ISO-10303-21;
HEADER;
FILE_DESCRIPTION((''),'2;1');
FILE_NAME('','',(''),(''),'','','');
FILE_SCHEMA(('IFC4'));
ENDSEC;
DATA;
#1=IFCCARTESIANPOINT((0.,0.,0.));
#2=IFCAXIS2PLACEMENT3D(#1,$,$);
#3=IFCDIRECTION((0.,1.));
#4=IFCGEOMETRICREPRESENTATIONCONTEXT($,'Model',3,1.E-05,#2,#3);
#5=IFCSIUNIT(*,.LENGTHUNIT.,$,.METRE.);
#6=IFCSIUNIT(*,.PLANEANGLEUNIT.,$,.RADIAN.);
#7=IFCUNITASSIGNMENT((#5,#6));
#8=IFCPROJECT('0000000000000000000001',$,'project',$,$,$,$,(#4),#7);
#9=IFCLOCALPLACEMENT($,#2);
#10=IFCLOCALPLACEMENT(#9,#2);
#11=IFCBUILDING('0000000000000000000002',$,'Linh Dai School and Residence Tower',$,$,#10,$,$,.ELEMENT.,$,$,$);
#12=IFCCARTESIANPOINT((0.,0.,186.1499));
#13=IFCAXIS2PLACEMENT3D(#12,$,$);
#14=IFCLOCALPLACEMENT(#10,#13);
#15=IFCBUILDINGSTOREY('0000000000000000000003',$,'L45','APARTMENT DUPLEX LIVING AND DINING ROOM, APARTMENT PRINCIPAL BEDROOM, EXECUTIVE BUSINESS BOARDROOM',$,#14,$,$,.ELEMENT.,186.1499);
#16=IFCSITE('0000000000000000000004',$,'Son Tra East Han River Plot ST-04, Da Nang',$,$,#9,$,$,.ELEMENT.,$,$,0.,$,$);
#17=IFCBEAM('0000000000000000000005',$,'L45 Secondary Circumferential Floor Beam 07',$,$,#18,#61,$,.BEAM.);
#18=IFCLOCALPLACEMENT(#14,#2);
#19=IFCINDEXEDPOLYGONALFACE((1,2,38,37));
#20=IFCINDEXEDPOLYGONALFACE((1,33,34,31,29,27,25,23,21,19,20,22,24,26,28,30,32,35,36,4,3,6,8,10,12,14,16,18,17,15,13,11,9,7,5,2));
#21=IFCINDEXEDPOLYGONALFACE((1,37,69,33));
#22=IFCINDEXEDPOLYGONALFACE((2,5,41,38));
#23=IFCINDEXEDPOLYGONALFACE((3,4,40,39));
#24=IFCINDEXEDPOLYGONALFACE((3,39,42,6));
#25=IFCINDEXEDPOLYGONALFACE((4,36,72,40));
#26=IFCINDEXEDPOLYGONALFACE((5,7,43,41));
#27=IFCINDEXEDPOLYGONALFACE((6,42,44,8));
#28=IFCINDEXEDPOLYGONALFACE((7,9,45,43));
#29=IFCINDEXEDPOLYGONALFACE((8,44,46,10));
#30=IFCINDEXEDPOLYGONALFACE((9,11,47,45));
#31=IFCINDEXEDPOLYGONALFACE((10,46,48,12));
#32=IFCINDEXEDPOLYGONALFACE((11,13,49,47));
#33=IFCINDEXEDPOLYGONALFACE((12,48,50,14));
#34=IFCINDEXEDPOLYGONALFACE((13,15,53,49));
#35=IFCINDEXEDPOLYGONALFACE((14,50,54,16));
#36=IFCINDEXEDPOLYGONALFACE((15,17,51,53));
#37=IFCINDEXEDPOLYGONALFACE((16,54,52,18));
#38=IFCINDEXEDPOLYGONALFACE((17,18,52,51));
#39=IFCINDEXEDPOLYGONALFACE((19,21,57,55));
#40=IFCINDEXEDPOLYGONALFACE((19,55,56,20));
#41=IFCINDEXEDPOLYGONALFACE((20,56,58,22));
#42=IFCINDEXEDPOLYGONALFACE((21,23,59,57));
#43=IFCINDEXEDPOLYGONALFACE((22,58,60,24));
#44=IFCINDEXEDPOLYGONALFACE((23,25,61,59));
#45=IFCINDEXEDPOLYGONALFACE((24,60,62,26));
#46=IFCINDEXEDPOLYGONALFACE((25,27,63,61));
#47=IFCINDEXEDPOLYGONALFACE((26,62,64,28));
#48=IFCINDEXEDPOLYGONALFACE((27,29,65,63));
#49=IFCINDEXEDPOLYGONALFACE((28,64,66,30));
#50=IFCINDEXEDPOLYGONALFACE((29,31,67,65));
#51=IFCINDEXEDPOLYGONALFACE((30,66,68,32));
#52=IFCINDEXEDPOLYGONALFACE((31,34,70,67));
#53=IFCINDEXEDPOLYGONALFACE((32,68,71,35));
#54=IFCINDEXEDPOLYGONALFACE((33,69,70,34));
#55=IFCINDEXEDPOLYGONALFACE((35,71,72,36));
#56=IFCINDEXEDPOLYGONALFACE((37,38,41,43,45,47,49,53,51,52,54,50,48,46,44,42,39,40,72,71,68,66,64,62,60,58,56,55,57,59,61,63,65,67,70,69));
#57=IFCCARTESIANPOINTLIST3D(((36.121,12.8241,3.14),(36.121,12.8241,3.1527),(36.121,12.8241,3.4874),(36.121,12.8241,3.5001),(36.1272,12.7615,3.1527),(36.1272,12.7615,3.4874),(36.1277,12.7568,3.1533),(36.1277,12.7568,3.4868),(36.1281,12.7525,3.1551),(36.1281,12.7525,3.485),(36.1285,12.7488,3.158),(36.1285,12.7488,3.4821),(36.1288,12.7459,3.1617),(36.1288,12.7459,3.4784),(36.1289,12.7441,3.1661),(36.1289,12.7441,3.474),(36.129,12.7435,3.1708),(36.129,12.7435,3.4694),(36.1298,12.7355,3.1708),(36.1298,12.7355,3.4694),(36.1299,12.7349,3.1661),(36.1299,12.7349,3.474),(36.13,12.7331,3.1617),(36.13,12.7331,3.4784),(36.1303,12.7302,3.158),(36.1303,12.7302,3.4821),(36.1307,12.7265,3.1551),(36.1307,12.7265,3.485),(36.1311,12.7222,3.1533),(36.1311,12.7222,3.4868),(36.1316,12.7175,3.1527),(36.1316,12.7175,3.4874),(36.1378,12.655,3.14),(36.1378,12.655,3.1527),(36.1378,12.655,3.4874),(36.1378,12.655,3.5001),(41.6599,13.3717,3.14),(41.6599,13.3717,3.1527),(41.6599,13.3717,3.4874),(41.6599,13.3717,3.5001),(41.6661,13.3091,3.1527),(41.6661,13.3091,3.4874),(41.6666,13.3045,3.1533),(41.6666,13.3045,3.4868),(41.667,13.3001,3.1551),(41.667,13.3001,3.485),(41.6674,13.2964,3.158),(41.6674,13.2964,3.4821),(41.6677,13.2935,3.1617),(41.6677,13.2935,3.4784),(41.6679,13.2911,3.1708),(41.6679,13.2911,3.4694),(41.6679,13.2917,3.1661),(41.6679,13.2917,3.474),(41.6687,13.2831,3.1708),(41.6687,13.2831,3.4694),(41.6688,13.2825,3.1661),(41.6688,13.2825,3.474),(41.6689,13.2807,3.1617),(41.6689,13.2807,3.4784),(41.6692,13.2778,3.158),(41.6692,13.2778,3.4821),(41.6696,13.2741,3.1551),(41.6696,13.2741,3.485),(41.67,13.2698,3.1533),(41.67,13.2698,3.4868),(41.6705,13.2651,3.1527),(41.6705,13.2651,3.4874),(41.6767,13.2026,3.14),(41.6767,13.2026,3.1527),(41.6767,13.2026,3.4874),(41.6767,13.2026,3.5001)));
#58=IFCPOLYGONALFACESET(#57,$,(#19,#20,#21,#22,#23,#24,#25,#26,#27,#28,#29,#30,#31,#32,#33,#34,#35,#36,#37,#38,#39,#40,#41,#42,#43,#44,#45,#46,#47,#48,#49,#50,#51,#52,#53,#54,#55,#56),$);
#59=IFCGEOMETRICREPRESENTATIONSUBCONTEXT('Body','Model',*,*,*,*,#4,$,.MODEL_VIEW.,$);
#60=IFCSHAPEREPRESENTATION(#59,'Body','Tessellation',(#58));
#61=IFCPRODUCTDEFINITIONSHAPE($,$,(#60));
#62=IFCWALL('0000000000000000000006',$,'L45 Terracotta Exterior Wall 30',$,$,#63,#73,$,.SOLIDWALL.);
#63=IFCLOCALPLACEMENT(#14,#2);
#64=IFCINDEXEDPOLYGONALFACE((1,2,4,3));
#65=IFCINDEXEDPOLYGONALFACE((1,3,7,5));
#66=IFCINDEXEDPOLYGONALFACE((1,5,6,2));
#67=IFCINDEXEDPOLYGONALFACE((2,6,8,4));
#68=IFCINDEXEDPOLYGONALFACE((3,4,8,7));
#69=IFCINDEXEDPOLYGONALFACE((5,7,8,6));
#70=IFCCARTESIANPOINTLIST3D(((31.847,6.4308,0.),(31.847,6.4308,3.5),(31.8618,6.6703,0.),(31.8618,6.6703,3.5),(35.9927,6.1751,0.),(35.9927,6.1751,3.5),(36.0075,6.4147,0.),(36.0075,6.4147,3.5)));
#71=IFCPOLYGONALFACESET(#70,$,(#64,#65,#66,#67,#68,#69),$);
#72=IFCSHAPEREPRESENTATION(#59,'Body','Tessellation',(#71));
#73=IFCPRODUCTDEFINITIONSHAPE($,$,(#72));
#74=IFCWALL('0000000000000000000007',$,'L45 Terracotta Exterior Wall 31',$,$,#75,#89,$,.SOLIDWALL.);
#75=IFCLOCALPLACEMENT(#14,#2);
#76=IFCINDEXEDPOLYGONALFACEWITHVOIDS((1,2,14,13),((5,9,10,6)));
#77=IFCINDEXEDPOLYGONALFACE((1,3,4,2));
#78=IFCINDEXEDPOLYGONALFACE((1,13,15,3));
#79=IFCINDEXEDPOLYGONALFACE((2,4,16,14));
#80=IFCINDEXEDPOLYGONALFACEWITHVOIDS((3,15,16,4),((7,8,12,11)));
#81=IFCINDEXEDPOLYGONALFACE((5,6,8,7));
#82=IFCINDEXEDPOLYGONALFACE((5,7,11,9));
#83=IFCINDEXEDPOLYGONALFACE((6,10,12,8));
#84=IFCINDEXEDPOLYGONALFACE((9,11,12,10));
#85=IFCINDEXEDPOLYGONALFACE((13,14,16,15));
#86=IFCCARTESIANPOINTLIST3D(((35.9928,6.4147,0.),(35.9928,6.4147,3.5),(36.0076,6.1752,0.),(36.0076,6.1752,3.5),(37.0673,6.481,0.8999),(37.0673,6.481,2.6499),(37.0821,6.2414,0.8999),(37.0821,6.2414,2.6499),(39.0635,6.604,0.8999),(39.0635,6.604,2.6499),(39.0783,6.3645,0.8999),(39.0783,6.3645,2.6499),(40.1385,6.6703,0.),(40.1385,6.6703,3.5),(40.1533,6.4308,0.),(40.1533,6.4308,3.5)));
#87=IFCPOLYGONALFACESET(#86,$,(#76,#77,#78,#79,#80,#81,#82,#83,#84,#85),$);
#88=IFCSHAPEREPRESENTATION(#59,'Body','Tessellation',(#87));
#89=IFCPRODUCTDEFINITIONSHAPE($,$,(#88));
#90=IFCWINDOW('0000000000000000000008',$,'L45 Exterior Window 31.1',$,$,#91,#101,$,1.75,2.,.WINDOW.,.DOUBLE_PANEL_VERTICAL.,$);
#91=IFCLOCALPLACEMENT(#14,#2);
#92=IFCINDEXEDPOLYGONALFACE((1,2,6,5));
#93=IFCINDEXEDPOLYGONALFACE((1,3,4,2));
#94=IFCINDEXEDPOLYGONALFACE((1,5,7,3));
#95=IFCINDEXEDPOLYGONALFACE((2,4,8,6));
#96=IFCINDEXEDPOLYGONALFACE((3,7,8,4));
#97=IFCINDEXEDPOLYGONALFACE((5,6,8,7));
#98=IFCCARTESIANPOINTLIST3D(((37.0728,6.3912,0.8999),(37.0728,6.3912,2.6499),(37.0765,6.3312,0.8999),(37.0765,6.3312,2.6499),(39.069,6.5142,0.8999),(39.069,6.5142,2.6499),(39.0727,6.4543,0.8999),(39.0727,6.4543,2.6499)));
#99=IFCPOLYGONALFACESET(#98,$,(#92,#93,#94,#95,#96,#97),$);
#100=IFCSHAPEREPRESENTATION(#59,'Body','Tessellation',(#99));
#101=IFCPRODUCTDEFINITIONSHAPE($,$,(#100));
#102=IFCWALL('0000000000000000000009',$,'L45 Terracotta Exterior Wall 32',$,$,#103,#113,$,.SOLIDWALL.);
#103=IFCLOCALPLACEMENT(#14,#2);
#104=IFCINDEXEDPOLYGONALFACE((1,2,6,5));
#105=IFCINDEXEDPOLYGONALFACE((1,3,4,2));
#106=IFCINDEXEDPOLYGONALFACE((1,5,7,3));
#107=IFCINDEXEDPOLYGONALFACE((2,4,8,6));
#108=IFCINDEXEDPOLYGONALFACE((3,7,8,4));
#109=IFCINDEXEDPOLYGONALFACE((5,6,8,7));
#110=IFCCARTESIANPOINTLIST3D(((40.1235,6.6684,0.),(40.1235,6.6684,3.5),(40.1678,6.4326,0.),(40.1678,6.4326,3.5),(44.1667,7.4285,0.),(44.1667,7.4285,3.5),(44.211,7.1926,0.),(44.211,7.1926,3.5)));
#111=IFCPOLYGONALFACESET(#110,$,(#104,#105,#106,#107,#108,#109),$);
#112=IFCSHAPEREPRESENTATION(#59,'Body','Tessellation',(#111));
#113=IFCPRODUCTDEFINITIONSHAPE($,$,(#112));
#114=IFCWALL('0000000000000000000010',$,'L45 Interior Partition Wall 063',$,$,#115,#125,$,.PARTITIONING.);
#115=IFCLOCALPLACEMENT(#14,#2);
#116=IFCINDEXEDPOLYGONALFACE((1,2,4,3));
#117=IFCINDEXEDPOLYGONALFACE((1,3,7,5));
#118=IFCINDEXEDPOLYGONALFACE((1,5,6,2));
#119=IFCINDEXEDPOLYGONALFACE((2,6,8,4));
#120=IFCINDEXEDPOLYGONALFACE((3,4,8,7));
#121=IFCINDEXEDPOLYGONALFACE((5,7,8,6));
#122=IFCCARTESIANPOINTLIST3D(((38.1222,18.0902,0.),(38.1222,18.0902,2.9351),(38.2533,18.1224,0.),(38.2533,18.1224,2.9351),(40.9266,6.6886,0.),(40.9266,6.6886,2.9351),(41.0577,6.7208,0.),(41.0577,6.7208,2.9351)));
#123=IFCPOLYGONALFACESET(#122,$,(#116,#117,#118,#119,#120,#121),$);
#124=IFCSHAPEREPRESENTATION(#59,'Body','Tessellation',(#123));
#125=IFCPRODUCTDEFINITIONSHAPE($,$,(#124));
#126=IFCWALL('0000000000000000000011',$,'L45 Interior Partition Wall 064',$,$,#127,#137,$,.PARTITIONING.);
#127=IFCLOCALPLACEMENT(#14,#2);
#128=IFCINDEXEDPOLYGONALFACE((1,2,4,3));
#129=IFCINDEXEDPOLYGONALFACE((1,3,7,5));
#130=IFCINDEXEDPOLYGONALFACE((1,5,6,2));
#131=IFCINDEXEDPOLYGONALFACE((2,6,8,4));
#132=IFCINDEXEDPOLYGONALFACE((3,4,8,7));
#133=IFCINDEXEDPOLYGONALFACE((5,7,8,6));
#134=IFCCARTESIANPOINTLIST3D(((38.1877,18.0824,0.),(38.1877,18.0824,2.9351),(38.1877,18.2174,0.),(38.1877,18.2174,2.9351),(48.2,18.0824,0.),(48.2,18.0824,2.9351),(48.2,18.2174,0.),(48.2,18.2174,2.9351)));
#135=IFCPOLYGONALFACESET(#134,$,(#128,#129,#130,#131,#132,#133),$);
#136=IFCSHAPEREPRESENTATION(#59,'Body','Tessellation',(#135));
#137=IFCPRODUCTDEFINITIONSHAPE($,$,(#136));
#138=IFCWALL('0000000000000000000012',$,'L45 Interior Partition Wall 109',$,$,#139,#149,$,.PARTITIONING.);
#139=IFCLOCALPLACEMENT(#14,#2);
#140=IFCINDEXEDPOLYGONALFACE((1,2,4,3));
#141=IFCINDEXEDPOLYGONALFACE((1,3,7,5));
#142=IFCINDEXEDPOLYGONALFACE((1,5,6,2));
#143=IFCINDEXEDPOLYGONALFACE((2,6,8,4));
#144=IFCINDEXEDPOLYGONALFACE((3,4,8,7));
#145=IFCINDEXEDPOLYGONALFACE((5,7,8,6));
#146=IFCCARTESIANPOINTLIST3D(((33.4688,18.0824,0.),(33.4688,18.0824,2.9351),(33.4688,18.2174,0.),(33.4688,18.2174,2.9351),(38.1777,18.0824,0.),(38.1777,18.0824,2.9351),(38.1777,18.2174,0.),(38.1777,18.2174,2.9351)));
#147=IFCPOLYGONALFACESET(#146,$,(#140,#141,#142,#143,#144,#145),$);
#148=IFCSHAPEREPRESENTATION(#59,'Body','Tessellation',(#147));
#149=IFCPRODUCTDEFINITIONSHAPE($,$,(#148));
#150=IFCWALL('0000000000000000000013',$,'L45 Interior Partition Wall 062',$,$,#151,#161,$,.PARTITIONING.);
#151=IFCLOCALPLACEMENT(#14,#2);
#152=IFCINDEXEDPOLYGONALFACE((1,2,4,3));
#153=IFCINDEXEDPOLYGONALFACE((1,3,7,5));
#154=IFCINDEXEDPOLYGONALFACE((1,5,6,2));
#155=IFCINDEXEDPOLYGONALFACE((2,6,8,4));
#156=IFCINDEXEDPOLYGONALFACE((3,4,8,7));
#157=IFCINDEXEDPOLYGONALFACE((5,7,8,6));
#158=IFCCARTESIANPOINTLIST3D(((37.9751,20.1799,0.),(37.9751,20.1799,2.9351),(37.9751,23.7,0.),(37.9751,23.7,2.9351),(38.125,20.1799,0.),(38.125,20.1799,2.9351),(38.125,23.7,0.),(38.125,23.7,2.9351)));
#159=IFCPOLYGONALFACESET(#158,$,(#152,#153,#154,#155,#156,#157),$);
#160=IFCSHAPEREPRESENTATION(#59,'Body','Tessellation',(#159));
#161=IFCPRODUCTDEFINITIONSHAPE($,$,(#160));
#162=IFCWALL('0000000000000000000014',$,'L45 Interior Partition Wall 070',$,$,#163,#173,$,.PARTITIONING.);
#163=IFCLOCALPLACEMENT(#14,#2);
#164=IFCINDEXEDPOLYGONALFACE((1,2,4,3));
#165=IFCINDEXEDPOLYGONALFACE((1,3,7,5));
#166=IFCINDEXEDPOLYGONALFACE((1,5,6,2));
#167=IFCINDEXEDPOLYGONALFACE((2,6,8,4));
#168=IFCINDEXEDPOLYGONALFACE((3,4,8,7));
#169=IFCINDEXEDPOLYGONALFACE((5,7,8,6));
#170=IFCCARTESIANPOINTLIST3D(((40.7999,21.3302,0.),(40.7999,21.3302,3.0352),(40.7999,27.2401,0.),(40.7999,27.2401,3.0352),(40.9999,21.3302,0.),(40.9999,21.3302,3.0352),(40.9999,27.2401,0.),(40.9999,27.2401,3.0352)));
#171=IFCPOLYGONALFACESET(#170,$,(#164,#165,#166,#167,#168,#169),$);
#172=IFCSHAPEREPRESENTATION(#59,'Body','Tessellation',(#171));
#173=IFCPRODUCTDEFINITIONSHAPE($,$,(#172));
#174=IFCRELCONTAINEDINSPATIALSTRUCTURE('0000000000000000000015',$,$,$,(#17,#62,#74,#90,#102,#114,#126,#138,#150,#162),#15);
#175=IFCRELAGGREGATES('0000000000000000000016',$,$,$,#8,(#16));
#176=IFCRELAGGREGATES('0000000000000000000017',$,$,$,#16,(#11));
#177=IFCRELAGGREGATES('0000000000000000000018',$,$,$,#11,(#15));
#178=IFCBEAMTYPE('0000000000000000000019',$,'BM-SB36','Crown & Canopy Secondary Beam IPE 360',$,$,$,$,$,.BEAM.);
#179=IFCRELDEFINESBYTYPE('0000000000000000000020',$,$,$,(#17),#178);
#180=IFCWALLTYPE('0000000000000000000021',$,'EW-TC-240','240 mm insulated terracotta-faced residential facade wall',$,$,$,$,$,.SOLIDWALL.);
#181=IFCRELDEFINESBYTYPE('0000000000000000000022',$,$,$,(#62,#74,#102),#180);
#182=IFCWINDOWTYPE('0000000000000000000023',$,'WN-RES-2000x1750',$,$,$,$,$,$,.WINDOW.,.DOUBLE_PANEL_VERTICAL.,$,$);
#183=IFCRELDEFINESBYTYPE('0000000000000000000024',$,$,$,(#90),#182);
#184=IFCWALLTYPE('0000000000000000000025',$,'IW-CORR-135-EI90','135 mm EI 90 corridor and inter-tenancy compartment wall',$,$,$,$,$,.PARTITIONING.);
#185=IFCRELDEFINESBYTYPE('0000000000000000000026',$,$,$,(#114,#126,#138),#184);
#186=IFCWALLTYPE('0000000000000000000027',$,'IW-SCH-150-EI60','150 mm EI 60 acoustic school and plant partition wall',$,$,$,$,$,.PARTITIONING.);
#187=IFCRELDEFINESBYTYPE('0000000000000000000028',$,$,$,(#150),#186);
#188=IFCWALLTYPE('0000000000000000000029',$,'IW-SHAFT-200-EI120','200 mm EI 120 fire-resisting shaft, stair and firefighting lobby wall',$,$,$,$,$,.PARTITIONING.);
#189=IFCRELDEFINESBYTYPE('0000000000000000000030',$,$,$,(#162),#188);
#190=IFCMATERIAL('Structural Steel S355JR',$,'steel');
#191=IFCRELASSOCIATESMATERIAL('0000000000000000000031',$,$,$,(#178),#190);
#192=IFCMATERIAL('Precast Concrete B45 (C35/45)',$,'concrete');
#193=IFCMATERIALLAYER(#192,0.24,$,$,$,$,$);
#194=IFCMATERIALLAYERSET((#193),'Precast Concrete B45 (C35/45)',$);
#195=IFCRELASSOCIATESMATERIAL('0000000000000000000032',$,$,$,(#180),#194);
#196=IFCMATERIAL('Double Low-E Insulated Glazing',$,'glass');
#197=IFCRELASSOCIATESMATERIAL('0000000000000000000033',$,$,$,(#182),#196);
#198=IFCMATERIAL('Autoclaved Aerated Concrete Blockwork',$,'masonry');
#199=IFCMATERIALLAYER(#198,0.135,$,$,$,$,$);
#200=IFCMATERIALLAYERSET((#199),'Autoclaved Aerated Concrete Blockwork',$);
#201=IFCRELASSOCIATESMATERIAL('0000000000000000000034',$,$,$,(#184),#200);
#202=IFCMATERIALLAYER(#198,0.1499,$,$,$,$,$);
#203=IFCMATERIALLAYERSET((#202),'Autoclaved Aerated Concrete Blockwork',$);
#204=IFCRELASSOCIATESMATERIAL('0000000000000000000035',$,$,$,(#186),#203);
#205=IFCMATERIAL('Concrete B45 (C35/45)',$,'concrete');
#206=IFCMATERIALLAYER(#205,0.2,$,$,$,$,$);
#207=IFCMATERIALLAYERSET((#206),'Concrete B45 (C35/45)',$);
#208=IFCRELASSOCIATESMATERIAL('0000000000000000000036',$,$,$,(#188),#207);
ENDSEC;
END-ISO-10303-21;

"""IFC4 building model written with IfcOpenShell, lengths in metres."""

from ifc_helpers import new_model, si_unit, direction, frame, frame_2d, origin, origin_2d, place, context, subcontext, project, spatial, rectangle, i_section, extrude, source, transform, mapped, material, layer, layer_set, material_profile, profile_set, type_object, element, fill, save


model = new_model("IFC4")

# Units and contexts
model_context = context("Model", 3, precision=1e-05, world=origin(), true_north=direction((0.0, 1.0)))
body_context = subcontext(model_context, "Body", "Model", "MODEL_VIEW")
ifc_project = project(units=[si_unit("LENGTHUNIT", "METRE"), si_unit("PLANEANGLEUNIT", "RADIAN")], contexts=[model_context])

# Site, building, storey
site_placement = place(None, origin())
site = spatial("IfcSite", under=ifc_project, at=site_placement, Name="Son Tra East Han River Plot ST-04, Da Nang", CompositionType="ELEMENT", RefElevation=0.0)
building_placement = place(site_placement, origin())
building = spatial("IfcBuilding", under=site, at=building_placement, Name="Linh Dai School and Residence Tower", CompositionType="ELEMENT")
storey_placement = place(building_placement, frame((0.0, 0.0, 186.1499)))
storey = spatial("IfcBuildingStorey", under=building, at=storey_placement, Name="L45", Description="APARTMENT DUPLEX LIVING AND DINING ROOM, APARTMENT PRINCIPAL BEDROOM, EXECUTIVE BUSINESS BOARDROOM", CompositionType="ELEMENT", Elevation=186.1499)

# Shared definitions
ifc_material_1 = material(Name="Structural Steel S355JR", Category="steel")

# Beam
ifc_material_profile_1 = material_profile(ifc_material_1, i_section(OverallWidth=0.1699, OverallDepth=0.3601, WebThickness=0.0081, FlangeThickness=0.0127, FilletRadius=0.0181, at=origin_2d()), Name="IPE 360")
ifc_profile_set_1 = profile_set([ifc_material_profile_1], Name="Structural Steel S355JR")
beam_type_1 = type_object("IfcBeamType", Name="BM-SB36", Description="Crown & Canopy Secondary Beam IPE 360", PredefinedType="BEAM", material=ifc_profile_set_1)
beam_1_placement = place(storey_placement, frame((36.1294, 12.7395, 3.3201), z_axis=(0.995148, 0.098388, 0.0), x_axis=(-0.098388, 0.995148, 0.0)))
element("IfcBeam", 1, at=beam_1_placement, inside=storey, type_object=beam_type_1, Name="L45 Secondary Circumferential Floor Beam 07", PredefinedType="BEAM", context=body_context, shape_type="SweptSolid", body=[
    extrude(i_section(OverallWidth=0.1699, OverallDepth=0.3601, WebThickness=0.0081, FlangeThickness=0.0127, FilletRadius=0.0181, at=origin_2d()), origin(), (0.0, 0.0, 1.0), 5.5659),
])

# Wall
ifc_material_2 = material(Name="Precast Concrete B45 (C35/45)", Category="concrete")
ifc_layer_1 = layer(ifc_material_2, 0.24)
ifc_layer_set_1 = layer_set([ifc_layer_1], Name="Precast Concrete B45 (C35/45)")
wall_type_1 = type_object("IfcWallType", Name="EW-TC-240", Description="240 mm insulated terracotta-faced residential facade wall", PredefinedType="SOLIDWALL", material=ifc_layer_set_1)
wall_1_placement = place(storey_placement, frame((36.0, 6.2949, 0.0), z_axis=(0.0, 0.0, 1.0), x_axis=(-0.998105, 0.06154, 0.0)))
element("IfcWall", 2, at=wall_1_placement, inside=storey, type_object=wall_type_1, Name="L45 Terracotta Exterior Wall 30", PredefinedType="SOLIDWALL", context=body_context, shape_type="SweptSolid", body=[
    extrude(rectangle(XDim=4.1536, YDim=0.24, at=frame_2d((2.0767, 0.0))), origin(), (0.0, 0.0, 1.0), 3.5),
])

# Wall, opening, window
wall_2_placement = place(storey_placement, frame((40.1458, 6.5505, 0.0), z_axis=(0.0, 0.0, 1.0), x_axis=(-0.998105, -0.06154, 0.0)))
wall_2 = element("IfcWall", 3, at=wall_2_placement, inside=storey, type_object=wall_type_1, Name="L45 Terracotta Exterior Wall 31", PredefinedType="SOLIDWALL", context=body_context, shape_type="SweptSolid", body=[
    extrude(rectangle(XDim=4.1536, YDim=0.24, at=frame_2d((2.0767, 0.0))), origin(), (0.0, 0.0, 1.0), 3.5),
])
opening_1_placement = place(wall_2_placement, frame((1.0769, 0.0, 0.8999)))
opening_1 = element("IfcOpeningElement", 4, at=opening_1_placement, cuts=wall_2, PredefinedType="OPENING", context=body_context, shape_type="SweptSolid", body=[
    extrude(rectangle(XDim=2.0, YDim=1.75, at=origin_2d()), frame((1.0, 0.1299, 0.875), z_axis=(0.0, -1.0, 0.0), x_axis=(1.0, 0.0, 0.0)), (0.0, 0.0, 1.0), 0.26),
])
ifc_material_3 = material(Name="Double Low-E Insulated Glazing", Category="glass")
window_type = type_object("IfcWindowType", Name="WN-RES-2000x1750", PartitioningType="DOUBLE_PANEL_VERTICAL", PredefinedType="WINDOW", material=ifc_material_3)
shared_shape_1 = source(origin(), body_context, "Body", "SweptSolid", [
    extrude(rectangle(XDim=2.0, YDim=1.75, at=origin_2d()), frame((1.0, 0.03, 0.875), z_axis=(0.0, -1.0, 0.0), x_axis=(1.0, 0.0, 0.0)), (0.0, 0.0, 1.0), 0.0601),
])
window_placement = place(opening_1_placement, origin())
window = element("IfcWindow", 5, at=window_placement, inside=storey, type_object=window_type, Name="L45 Exterior Window 31.1", OverallHeight=1.75, OverallWidth=2.0, PartitioningType="DOUBLE_PANEL_VERTICAL", PredefinedType="WINDOW", context=body_context, shape_type="MappedRepresentation", body=[
    mapped(shared_shape_1, transform((0.0, 0.0, 0.0), x_axis=(1.0, 0.0, 0.0), y_axis=(0.0, 1.0, 0.0), z_axis=(0.0, 0.0, 1.0), scale=1.0)),
])
fill(opening_1, window)

# Walls
wall_3_placement = place(storey_placement, frame((44.189, 7.3105, 0.0), z_axis=(0.0, 0.0, 1.0), x_axis=(-0.982788, -0.184736, 0.0)))
element("IfcWall", 6, at=wall_3_placement, inside=storey, type_object=wall_type_1, Name="L45 Terracotta Exterior Wall 32", PredefinedType="SOLIDWALL", context=body_context, shape_type="SweptSolid", body=[
    extrude(rectangle(XDim=4.114, YDim=0.24, at=frame_2d((2.0571, 0.0))), origin(), (0.0, 0.0, 1.0), 3.5),
])
ifc_material_4 = material(Name="Autoclaved Aerated Concrete Blockwork", Category="masonry")
ifc_layer_2 = layer(ifc_material_4, 0.135)
ifc_layer_set_2 = layer_set([ifc_layer_2], Name="Autoclaved Aerated Concrete Blockwork")
wall_type_2 = type_object("IfcWallType", Name="IW-CORR-135-EI90", Description="135 mm EI 90 corridor and inter-tenancy compartment wall", PredefinedType="PARTITIONING", material=ifc_layer_set_2)
wall_4_placement = place(storey_placement, frame((38.1877, 18.1062, 0.0), z_axis=(0.0, 0.0, 1.0), x_axis=(0.23885, -0.971057, 0.0)))
element("IfcWall", 7, at=wall_4_placement, inside=storey, type_object=wall_type_2, Name="L45 Interior Partition Wall 063", PredefinedType="PARTITIONING", context=body_context, shape_type="SweptSolid", body=[
    extrude(rectangle(XDim=11.7415, YDim=0.135, at=frame_2d((5.8706, 0.0))), origin(), (0.0, 0.0, 1.0), 2.9351),
])
wall_5_placement = place(storey_placement, frame((38.1877, 18.1499, 0.0), z_axis=(0.0, 0.0, 1.0), x_axis=(1.0, 0.0, 0.0)))
element("IfcWall", 8, at=wall_5_placement, inside=storey, type_object=wall_type_2, Name="L45 Interior Partition Wall 064", PredefinedType="PARTITIONING", context=body_context, shape_type="SweptSolid", body=[
    extrude(rectangle(XDim=10.0122, YDim=0.135, at=frame_2d((5.0061, 0.0))), origin(), (0.0, 0.0, 1.0), 2.9351),
])
wall_6_placement = place(storey_placement, frame((38.1777, 18.1499, 0.0), z_axis=(0.0, 0.0, 1.0), x_axis=(-1.0, 0.0, 0.0)))
element("IfcWall", 9, at=wall_6_placement, inside=storey, type_object=wall_type_2, Name="L45 Interior Partition Wall 109", PredefinedType="PARTITIONING", context=body_context, shape_type="SweptSolid", body=[
    extrude(rectangle(XDim=4.709, YDim=0.135, at=frame_2d((2.3545, 0.0))), origin(), (0.0, 0.0, 1.0), 2.9351),
])
ifc_layer_3 = layer(ifc_material_4, 0.1499)
ifc_layer_set_3 = layer_set([ifc_layer_3], Name="Autoclaved Aerated Concrete Blockwork")
wall_type_3 = type_object("IfcWallType", Name="IW-SCH-150-EI60", Description="150 mm EI 60 acoustic school and plant partition wall", PredefinedType="PARTITIONING", material=ifc_layer_set_3)
wall_7_placement = place(storey_placement, frame((38.05, 20.1799, 0.0), z_axis=(0.0, 0.0, 1.0), x_axis=(0.0, 1.0, 0.0)))
element("IfcWall", 10, at=wall_7_placement, inside=storey, type_object=wall_type_3, Name="L45 Interior Partition Wall 062", PredefinedType="PARTITIONING", context=body_context, shape_type="SweptSolid", body=[
    extrude(rectangle(XDim=3.52, YDim=0.1499, at=frame_2d((1.76, 0.0))), origin(), (0.0, 0.0, 1.0), 2.9351),
])
ifc_material_5 = material(Name="Concrete B45 (C35/45)", Category="concrete")
ifc_layer_4 = layer(ifc_material_5, 0.2)
ifc_layer_set_4 = layer_set([ifc_layer_4], Name="Concrete B45 (C35/45)")
wall_type_4 = type_object("IfcWallType", Name="IW-SHAFT-200-EI120", Description="200 mm EI 120 fire-resisting shaft, stair and firefighting lobby wall", PredefinedType="PARTITIONING", material=ifc_layer_set_4)
wall_8_placement = place(storey_placement, frame((40.8999, 21.3301, 0.0), z_axis=(0.0, 0.0, 1.0), x_axis=(0.0, 1.0, 0.0)))
element("IfcWall", 11, at=wall_8_placement, inside=storey, type_object=wall_type_4, Name="L45 Interior Partition Wall 070", PredefinedType="PARTITIONING", context=body_context, shape_type="SweptSolid", body=[
    extrude(rectangle(XDim=5.9099, YDim=0.2, at=frame_2d((2.9551, 0.0))), origin(), (0.0, 0.0, 1.0), 3.0352),
])

save(model, "model.ifc")
